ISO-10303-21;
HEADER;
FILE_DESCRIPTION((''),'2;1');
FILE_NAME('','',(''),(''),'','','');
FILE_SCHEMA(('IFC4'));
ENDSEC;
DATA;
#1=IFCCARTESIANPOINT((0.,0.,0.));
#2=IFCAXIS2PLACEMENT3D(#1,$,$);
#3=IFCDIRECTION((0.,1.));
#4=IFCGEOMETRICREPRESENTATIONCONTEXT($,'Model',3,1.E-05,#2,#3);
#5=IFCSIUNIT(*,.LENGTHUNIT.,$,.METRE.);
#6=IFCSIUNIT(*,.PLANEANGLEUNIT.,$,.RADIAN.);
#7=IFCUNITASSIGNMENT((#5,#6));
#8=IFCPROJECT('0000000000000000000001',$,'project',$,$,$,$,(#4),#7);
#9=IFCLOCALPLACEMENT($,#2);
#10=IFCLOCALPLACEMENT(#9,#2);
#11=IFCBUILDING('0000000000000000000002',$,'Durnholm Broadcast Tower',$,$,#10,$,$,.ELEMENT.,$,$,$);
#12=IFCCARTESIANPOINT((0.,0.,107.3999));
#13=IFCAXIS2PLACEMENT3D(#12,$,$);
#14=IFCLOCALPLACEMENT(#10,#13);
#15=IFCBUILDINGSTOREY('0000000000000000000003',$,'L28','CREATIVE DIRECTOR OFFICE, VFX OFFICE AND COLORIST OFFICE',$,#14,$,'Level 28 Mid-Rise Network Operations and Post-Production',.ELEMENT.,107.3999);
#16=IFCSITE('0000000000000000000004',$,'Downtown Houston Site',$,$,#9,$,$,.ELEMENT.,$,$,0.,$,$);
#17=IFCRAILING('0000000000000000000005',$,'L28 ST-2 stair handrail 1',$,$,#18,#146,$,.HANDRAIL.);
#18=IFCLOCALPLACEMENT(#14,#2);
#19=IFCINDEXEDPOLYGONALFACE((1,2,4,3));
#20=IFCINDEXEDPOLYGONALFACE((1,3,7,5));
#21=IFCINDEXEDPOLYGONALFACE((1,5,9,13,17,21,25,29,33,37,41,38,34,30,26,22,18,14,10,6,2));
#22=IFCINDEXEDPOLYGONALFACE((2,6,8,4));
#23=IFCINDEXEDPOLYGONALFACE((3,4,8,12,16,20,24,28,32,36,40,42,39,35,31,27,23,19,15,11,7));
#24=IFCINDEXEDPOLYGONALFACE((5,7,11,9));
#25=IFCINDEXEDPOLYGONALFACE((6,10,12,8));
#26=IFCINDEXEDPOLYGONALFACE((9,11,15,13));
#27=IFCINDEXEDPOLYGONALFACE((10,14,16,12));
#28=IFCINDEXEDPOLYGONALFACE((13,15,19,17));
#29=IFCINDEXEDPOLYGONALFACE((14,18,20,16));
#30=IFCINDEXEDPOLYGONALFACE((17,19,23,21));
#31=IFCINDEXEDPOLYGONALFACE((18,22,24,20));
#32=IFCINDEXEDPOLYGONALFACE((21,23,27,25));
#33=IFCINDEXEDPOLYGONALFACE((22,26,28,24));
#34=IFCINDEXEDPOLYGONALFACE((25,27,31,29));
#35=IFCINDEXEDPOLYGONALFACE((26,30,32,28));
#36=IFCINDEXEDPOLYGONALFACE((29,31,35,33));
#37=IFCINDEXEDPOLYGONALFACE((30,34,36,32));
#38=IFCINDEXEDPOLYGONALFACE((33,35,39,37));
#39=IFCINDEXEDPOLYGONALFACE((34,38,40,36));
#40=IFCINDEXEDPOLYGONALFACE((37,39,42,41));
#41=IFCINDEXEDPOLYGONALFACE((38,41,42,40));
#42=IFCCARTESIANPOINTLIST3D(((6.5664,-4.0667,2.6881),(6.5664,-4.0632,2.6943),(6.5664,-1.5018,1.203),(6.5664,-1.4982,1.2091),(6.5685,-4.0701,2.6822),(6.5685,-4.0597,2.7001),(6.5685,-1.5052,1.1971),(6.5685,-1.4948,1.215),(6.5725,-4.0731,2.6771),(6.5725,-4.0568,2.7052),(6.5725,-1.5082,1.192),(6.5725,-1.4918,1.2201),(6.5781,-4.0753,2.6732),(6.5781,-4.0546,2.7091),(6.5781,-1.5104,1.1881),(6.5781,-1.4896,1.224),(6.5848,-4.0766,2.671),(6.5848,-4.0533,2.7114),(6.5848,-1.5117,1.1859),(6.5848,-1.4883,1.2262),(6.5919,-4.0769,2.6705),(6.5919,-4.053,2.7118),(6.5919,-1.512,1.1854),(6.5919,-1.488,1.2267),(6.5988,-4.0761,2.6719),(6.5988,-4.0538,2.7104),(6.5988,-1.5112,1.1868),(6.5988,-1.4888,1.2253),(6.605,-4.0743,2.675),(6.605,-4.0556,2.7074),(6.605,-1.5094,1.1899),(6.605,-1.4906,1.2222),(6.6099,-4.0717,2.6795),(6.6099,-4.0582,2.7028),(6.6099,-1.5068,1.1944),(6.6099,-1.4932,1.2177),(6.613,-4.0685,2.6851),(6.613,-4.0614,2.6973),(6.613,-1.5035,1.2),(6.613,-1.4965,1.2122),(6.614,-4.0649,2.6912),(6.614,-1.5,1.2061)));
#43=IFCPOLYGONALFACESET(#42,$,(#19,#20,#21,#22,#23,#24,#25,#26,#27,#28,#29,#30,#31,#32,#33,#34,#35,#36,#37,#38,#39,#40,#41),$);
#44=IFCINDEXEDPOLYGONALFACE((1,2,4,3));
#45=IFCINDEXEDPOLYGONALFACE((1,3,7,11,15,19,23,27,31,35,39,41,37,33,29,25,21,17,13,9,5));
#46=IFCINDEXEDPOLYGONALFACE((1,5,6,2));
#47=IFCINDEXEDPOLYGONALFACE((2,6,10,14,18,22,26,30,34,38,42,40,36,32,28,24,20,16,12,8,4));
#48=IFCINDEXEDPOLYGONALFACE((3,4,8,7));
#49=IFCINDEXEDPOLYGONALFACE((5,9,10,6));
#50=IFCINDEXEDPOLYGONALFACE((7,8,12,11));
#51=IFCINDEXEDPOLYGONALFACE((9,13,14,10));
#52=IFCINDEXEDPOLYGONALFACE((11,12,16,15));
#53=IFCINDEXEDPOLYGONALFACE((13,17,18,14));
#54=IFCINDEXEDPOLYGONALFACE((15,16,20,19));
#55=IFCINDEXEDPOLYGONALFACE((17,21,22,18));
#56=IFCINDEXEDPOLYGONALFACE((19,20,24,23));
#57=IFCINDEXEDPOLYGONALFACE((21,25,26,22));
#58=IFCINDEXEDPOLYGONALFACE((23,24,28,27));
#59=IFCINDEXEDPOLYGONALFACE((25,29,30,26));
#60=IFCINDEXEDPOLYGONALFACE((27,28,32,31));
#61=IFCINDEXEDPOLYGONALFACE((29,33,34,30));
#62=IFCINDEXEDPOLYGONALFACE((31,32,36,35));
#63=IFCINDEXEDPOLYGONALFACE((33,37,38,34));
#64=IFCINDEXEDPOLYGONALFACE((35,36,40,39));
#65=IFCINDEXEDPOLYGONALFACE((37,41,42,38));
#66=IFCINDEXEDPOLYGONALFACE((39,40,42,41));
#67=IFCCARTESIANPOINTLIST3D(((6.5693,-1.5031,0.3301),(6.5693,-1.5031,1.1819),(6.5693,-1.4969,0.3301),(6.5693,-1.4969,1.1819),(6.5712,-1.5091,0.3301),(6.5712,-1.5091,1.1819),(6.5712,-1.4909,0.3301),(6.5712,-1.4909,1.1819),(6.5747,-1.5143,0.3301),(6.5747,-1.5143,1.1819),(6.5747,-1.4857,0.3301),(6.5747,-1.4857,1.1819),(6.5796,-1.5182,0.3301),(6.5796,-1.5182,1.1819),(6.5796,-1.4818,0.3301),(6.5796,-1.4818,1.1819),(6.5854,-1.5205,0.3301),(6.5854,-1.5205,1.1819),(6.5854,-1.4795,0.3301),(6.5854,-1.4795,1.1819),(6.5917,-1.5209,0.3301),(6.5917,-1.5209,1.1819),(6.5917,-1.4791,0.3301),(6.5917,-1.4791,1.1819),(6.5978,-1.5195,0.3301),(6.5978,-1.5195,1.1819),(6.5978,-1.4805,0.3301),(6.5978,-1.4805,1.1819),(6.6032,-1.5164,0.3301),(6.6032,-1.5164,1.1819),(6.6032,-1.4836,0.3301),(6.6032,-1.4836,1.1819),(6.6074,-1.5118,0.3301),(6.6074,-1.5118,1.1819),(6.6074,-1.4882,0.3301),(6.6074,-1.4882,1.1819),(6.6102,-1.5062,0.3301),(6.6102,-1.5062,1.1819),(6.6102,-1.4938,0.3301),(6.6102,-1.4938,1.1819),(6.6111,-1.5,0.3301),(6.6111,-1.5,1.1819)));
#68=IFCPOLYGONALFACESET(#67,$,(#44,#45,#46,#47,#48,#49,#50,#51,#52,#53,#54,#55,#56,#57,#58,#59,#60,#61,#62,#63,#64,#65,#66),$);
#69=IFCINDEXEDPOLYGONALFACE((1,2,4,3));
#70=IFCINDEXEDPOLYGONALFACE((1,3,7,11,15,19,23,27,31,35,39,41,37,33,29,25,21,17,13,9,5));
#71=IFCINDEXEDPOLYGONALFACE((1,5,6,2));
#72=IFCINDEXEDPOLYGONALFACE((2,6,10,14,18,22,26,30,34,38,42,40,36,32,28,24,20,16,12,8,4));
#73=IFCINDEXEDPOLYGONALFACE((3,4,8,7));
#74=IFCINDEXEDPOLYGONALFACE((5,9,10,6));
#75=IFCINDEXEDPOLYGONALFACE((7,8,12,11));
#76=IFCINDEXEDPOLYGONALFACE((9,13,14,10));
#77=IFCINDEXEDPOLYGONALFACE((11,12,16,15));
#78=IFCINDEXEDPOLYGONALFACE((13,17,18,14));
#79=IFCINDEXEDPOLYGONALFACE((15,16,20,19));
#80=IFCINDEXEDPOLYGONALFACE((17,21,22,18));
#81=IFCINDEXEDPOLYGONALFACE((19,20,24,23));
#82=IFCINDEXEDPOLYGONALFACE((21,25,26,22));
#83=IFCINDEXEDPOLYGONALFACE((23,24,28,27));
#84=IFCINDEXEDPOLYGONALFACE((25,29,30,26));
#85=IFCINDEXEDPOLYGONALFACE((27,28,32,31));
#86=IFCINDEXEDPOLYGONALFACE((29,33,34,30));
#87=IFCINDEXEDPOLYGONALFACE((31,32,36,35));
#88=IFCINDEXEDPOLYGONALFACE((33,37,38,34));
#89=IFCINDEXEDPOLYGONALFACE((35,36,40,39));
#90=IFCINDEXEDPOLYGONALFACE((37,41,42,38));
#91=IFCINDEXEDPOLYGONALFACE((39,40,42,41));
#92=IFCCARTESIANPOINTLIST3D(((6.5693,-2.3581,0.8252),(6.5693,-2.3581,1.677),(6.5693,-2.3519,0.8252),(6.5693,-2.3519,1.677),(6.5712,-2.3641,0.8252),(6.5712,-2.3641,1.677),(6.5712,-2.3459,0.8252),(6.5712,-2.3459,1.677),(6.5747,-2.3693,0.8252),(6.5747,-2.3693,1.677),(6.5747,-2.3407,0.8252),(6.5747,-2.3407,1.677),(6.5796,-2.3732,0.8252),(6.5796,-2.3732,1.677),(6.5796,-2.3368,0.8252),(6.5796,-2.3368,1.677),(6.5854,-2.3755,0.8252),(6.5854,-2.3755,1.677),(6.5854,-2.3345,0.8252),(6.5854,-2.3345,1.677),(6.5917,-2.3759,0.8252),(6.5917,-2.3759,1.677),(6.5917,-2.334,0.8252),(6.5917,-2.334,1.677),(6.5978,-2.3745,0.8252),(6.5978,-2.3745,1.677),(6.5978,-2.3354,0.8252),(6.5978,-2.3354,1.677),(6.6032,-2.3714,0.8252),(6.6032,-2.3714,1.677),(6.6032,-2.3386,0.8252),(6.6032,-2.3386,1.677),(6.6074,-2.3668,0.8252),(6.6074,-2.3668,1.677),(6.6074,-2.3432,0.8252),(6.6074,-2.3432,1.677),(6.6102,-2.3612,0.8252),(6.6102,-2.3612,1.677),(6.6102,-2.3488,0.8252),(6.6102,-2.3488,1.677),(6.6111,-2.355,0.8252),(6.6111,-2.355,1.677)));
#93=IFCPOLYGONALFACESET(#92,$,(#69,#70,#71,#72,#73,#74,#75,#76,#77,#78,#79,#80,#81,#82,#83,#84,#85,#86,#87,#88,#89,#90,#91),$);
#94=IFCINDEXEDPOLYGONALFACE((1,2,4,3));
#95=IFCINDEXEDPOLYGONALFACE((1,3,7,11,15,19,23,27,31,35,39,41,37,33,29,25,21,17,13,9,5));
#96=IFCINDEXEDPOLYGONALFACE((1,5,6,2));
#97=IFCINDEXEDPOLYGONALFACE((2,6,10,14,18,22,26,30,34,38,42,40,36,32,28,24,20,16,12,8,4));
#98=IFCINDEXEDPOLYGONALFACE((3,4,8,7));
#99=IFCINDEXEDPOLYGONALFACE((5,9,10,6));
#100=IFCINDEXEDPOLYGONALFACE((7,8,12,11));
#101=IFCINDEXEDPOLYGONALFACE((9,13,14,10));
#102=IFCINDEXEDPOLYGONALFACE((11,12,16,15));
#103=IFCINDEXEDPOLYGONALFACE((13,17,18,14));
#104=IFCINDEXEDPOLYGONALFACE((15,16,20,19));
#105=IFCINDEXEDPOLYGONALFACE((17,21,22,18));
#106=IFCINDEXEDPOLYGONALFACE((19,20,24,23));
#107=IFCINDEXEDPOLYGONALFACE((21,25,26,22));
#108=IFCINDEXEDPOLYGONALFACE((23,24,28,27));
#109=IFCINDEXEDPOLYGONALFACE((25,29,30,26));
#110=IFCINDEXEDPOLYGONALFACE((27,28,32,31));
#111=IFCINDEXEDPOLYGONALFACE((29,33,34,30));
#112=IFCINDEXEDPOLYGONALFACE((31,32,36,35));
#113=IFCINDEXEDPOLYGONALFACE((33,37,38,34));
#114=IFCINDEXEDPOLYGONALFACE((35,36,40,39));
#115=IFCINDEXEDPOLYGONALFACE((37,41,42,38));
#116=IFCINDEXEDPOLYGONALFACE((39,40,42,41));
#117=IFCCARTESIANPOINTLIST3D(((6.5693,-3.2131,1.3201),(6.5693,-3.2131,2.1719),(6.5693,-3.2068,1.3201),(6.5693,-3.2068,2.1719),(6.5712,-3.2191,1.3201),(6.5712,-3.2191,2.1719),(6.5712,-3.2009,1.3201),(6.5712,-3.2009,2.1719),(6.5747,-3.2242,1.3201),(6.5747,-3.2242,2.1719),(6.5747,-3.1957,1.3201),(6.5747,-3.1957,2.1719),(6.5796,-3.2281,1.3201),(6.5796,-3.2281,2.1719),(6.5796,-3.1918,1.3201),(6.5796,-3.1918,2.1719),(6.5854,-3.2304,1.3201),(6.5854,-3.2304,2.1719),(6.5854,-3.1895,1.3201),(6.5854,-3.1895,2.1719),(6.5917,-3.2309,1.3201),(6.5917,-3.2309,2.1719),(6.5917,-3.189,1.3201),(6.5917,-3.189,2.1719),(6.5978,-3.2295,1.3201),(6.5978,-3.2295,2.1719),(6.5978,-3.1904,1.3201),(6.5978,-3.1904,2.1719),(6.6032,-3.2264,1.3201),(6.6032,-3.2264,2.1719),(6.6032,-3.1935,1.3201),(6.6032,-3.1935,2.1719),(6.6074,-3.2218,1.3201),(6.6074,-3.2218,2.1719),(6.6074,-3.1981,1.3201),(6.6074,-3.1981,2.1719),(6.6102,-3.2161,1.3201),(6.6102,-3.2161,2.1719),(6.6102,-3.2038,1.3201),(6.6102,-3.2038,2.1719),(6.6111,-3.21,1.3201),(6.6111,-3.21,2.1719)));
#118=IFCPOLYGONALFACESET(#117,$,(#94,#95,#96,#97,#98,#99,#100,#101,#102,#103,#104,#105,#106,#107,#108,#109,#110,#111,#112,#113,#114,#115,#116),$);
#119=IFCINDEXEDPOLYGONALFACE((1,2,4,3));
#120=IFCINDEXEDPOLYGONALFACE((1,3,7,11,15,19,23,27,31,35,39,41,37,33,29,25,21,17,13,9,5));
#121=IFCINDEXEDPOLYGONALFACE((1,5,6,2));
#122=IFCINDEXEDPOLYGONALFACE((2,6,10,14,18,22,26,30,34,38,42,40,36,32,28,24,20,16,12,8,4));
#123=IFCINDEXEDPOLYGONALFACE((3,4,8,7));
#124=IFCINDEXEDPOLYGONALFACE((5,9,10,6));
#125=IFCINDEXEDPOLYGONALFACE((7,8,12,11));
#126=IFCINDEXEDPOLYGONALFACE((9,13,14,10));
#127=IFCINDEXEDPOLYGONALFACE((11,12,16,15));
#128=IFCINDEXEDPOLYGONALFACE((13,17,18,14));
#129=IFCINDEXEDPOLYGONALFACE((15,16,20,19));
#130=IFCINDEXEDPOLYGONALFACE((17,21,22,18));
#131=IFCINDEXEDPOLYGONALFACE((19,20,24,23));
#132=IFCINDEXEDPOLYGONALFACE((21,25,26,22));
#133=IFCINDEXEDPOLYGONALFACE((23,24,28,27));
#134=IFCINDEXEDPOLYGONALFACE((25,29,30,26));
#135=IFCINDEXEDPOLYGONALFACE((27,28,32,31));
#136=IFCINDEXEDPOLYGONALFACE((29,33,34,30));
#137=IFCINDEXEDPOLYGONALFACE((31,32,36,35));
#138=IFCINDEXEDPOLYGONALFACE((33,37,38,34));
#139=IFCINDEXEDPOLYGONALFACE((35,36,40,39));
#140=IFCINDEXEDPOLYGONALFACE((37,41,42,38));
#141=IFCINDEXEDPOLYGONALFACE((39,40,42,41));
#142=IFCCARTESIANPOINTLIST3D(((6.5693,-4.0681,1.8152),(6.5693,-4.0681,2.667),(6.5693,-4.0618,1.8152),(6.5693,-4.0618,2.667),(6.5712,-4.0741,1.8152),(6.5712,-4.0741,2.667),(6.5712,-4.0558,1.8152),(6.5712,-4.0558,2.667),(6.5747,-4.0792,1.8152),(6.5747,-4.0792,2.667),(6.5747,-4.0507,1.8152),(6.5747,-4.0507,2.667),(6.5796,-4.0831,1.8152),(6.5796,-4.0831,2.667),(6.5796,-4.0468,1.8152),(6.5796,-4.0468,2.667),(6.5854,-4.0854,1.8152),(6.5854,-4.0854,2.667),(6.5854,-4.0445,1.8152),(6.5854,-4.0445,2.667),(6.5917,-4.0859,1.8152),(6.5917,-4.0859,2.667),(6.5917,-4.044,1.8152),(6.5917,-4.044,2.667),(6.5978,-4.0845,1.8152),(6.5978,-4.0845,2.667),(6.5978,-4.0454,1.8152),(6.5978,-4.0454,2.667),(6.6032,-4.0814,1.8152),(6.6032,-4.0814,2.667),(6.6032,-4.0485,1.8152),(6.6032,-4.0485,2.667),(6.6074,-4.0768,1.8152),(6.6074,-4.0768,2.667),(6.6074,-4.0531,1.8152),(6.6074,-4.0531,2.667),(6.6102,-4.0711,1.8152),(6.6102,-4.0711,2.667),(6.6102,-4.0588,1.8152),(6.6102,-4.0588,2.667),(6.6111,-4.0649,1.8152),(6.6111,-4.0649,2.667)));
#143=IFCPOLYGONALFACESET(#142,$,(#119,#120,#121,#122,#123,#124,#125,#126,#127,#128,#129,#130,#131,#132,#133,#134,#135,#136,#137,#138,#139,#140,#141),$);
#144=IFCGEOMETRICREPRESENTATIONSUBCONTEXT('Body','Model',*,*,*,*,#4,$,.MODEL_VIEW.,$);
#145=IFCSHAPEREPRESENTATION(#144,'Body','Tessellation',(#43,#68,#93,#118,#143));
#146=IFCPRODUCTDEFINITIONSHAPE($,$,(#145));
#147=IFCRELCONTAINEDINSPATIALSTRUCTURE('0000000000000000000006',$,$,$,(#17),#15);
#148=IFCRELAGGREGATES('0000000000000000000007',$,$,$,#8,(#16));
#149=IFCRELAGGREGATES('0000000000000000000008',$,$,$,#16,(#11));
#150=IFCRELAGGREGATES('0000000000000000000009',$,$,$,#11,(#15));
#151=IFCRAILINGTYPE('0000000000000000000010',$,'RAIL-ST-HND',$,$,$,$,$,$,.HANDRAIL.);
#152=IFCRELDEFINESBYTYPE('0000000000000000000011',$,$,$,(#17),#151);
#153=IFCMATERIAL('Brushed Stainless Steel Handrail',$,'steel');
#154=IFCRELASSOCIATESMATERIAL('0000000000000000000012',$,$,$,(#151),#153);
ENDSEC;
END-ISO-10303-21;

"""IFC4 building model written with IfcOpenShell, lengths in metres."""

from ifc_helpers import new_model, si_unit, direction, frame, origin, origin_2d, place, context, subcontext, project, spatial, circle, extrude, material, type_object, element, save


model = new_model("IFC4")

# Units and contexts
model_context = context("Model", 3, precision=1e-05, world=origin(), true_north=direction((0.0, 1.0)))
body_context = subcontext(model_context, "Body", "Model", "MODEL_VIEW")
ifc_project = project(units=[si_unit("LENGTHUNIT", "METRE"), si_unit("PLANEANGLEUNIT", "RADIAN")], contexts=[model_context])

# Site, building, storey
site_placement = place(None, origin())
site = spatial("IfcSite", under=ifc_project, at=site_placement, Name="Downtown Houston Site", CompositionType="ELEMENT", RefElevation=0.0)
building_placement = place(site_placement, origin())
building = spatial("IfcBuilding", under=site, at=building_placement, Name="Durnholm Broadcast Tower", CompositionType="ELEMENT")
storey_placement = place(building_placement, frame((0.0, 0.0, 107.3999)))
storey = spatial("IfcBuildingStorey", under=building, at=storey_placement, Name="L28", Description="CREATIVE DIRECTOR OFFICE, VFX OFFICE AND COLORIST OFFICE", LongName="Level 28 Mid-Rise Network Operations and Post-Production", CompositionType="ELEMENT", Elevation=107.3999)

# Railing
ifc_material_1 = material(Name="Brushed Stainless Steel Handrail", Category="steel")
railing_type_1 = type_object("IfcRailingType", Name="RAIL-ST-HND", PredefinedType="HANDRAIL", material=ifc_material_1)
railing_1_placement = place(storey_placement, frame((6.5901, -1.5, 0.3301)))
element("IfcRailing", 1, at=railing_1_placement, inside=storey, type_object=railing_type_1, Name="L28 ST-2 stair handrail 1", PredefinedType="HANDRAIL", context=body_context, shape_type="SweptSolid", body=[
    extrude(circle(Radius=0.0239, at=origin_2d()), frame((0.0, 0.0, 0.876), z_axis=(0.0, -0.865406, 0.501072), x_axis=(1.0, 0.0, 0.0)), (0.0, 0.0, 1.0), 2.9639),
    extrude(circle(Radius=0.021, at=origin_2d()), origin(), (0.0, 0.0, 1.0), 0.8518),
    extrude(circle(Radius=0.021, at=origin_2d()), frame((0.0, -0.855, 0.4951)), (0.0, 0.0, 1.0), 0.8518),
    extrude(circle(Radius=0.021, at=origin_2d()), frame((0.0, -1.71, 0.99)), (0.0, 0.0, 1.0), 0.8518),
    extrude(circle(Radius=0.021, at=origin_2d()), frame((0.0, -2.5649, 1.4851)), (0.0, 0.0, 1.0), 0.8518),
])

save(model, "model.ifc")
